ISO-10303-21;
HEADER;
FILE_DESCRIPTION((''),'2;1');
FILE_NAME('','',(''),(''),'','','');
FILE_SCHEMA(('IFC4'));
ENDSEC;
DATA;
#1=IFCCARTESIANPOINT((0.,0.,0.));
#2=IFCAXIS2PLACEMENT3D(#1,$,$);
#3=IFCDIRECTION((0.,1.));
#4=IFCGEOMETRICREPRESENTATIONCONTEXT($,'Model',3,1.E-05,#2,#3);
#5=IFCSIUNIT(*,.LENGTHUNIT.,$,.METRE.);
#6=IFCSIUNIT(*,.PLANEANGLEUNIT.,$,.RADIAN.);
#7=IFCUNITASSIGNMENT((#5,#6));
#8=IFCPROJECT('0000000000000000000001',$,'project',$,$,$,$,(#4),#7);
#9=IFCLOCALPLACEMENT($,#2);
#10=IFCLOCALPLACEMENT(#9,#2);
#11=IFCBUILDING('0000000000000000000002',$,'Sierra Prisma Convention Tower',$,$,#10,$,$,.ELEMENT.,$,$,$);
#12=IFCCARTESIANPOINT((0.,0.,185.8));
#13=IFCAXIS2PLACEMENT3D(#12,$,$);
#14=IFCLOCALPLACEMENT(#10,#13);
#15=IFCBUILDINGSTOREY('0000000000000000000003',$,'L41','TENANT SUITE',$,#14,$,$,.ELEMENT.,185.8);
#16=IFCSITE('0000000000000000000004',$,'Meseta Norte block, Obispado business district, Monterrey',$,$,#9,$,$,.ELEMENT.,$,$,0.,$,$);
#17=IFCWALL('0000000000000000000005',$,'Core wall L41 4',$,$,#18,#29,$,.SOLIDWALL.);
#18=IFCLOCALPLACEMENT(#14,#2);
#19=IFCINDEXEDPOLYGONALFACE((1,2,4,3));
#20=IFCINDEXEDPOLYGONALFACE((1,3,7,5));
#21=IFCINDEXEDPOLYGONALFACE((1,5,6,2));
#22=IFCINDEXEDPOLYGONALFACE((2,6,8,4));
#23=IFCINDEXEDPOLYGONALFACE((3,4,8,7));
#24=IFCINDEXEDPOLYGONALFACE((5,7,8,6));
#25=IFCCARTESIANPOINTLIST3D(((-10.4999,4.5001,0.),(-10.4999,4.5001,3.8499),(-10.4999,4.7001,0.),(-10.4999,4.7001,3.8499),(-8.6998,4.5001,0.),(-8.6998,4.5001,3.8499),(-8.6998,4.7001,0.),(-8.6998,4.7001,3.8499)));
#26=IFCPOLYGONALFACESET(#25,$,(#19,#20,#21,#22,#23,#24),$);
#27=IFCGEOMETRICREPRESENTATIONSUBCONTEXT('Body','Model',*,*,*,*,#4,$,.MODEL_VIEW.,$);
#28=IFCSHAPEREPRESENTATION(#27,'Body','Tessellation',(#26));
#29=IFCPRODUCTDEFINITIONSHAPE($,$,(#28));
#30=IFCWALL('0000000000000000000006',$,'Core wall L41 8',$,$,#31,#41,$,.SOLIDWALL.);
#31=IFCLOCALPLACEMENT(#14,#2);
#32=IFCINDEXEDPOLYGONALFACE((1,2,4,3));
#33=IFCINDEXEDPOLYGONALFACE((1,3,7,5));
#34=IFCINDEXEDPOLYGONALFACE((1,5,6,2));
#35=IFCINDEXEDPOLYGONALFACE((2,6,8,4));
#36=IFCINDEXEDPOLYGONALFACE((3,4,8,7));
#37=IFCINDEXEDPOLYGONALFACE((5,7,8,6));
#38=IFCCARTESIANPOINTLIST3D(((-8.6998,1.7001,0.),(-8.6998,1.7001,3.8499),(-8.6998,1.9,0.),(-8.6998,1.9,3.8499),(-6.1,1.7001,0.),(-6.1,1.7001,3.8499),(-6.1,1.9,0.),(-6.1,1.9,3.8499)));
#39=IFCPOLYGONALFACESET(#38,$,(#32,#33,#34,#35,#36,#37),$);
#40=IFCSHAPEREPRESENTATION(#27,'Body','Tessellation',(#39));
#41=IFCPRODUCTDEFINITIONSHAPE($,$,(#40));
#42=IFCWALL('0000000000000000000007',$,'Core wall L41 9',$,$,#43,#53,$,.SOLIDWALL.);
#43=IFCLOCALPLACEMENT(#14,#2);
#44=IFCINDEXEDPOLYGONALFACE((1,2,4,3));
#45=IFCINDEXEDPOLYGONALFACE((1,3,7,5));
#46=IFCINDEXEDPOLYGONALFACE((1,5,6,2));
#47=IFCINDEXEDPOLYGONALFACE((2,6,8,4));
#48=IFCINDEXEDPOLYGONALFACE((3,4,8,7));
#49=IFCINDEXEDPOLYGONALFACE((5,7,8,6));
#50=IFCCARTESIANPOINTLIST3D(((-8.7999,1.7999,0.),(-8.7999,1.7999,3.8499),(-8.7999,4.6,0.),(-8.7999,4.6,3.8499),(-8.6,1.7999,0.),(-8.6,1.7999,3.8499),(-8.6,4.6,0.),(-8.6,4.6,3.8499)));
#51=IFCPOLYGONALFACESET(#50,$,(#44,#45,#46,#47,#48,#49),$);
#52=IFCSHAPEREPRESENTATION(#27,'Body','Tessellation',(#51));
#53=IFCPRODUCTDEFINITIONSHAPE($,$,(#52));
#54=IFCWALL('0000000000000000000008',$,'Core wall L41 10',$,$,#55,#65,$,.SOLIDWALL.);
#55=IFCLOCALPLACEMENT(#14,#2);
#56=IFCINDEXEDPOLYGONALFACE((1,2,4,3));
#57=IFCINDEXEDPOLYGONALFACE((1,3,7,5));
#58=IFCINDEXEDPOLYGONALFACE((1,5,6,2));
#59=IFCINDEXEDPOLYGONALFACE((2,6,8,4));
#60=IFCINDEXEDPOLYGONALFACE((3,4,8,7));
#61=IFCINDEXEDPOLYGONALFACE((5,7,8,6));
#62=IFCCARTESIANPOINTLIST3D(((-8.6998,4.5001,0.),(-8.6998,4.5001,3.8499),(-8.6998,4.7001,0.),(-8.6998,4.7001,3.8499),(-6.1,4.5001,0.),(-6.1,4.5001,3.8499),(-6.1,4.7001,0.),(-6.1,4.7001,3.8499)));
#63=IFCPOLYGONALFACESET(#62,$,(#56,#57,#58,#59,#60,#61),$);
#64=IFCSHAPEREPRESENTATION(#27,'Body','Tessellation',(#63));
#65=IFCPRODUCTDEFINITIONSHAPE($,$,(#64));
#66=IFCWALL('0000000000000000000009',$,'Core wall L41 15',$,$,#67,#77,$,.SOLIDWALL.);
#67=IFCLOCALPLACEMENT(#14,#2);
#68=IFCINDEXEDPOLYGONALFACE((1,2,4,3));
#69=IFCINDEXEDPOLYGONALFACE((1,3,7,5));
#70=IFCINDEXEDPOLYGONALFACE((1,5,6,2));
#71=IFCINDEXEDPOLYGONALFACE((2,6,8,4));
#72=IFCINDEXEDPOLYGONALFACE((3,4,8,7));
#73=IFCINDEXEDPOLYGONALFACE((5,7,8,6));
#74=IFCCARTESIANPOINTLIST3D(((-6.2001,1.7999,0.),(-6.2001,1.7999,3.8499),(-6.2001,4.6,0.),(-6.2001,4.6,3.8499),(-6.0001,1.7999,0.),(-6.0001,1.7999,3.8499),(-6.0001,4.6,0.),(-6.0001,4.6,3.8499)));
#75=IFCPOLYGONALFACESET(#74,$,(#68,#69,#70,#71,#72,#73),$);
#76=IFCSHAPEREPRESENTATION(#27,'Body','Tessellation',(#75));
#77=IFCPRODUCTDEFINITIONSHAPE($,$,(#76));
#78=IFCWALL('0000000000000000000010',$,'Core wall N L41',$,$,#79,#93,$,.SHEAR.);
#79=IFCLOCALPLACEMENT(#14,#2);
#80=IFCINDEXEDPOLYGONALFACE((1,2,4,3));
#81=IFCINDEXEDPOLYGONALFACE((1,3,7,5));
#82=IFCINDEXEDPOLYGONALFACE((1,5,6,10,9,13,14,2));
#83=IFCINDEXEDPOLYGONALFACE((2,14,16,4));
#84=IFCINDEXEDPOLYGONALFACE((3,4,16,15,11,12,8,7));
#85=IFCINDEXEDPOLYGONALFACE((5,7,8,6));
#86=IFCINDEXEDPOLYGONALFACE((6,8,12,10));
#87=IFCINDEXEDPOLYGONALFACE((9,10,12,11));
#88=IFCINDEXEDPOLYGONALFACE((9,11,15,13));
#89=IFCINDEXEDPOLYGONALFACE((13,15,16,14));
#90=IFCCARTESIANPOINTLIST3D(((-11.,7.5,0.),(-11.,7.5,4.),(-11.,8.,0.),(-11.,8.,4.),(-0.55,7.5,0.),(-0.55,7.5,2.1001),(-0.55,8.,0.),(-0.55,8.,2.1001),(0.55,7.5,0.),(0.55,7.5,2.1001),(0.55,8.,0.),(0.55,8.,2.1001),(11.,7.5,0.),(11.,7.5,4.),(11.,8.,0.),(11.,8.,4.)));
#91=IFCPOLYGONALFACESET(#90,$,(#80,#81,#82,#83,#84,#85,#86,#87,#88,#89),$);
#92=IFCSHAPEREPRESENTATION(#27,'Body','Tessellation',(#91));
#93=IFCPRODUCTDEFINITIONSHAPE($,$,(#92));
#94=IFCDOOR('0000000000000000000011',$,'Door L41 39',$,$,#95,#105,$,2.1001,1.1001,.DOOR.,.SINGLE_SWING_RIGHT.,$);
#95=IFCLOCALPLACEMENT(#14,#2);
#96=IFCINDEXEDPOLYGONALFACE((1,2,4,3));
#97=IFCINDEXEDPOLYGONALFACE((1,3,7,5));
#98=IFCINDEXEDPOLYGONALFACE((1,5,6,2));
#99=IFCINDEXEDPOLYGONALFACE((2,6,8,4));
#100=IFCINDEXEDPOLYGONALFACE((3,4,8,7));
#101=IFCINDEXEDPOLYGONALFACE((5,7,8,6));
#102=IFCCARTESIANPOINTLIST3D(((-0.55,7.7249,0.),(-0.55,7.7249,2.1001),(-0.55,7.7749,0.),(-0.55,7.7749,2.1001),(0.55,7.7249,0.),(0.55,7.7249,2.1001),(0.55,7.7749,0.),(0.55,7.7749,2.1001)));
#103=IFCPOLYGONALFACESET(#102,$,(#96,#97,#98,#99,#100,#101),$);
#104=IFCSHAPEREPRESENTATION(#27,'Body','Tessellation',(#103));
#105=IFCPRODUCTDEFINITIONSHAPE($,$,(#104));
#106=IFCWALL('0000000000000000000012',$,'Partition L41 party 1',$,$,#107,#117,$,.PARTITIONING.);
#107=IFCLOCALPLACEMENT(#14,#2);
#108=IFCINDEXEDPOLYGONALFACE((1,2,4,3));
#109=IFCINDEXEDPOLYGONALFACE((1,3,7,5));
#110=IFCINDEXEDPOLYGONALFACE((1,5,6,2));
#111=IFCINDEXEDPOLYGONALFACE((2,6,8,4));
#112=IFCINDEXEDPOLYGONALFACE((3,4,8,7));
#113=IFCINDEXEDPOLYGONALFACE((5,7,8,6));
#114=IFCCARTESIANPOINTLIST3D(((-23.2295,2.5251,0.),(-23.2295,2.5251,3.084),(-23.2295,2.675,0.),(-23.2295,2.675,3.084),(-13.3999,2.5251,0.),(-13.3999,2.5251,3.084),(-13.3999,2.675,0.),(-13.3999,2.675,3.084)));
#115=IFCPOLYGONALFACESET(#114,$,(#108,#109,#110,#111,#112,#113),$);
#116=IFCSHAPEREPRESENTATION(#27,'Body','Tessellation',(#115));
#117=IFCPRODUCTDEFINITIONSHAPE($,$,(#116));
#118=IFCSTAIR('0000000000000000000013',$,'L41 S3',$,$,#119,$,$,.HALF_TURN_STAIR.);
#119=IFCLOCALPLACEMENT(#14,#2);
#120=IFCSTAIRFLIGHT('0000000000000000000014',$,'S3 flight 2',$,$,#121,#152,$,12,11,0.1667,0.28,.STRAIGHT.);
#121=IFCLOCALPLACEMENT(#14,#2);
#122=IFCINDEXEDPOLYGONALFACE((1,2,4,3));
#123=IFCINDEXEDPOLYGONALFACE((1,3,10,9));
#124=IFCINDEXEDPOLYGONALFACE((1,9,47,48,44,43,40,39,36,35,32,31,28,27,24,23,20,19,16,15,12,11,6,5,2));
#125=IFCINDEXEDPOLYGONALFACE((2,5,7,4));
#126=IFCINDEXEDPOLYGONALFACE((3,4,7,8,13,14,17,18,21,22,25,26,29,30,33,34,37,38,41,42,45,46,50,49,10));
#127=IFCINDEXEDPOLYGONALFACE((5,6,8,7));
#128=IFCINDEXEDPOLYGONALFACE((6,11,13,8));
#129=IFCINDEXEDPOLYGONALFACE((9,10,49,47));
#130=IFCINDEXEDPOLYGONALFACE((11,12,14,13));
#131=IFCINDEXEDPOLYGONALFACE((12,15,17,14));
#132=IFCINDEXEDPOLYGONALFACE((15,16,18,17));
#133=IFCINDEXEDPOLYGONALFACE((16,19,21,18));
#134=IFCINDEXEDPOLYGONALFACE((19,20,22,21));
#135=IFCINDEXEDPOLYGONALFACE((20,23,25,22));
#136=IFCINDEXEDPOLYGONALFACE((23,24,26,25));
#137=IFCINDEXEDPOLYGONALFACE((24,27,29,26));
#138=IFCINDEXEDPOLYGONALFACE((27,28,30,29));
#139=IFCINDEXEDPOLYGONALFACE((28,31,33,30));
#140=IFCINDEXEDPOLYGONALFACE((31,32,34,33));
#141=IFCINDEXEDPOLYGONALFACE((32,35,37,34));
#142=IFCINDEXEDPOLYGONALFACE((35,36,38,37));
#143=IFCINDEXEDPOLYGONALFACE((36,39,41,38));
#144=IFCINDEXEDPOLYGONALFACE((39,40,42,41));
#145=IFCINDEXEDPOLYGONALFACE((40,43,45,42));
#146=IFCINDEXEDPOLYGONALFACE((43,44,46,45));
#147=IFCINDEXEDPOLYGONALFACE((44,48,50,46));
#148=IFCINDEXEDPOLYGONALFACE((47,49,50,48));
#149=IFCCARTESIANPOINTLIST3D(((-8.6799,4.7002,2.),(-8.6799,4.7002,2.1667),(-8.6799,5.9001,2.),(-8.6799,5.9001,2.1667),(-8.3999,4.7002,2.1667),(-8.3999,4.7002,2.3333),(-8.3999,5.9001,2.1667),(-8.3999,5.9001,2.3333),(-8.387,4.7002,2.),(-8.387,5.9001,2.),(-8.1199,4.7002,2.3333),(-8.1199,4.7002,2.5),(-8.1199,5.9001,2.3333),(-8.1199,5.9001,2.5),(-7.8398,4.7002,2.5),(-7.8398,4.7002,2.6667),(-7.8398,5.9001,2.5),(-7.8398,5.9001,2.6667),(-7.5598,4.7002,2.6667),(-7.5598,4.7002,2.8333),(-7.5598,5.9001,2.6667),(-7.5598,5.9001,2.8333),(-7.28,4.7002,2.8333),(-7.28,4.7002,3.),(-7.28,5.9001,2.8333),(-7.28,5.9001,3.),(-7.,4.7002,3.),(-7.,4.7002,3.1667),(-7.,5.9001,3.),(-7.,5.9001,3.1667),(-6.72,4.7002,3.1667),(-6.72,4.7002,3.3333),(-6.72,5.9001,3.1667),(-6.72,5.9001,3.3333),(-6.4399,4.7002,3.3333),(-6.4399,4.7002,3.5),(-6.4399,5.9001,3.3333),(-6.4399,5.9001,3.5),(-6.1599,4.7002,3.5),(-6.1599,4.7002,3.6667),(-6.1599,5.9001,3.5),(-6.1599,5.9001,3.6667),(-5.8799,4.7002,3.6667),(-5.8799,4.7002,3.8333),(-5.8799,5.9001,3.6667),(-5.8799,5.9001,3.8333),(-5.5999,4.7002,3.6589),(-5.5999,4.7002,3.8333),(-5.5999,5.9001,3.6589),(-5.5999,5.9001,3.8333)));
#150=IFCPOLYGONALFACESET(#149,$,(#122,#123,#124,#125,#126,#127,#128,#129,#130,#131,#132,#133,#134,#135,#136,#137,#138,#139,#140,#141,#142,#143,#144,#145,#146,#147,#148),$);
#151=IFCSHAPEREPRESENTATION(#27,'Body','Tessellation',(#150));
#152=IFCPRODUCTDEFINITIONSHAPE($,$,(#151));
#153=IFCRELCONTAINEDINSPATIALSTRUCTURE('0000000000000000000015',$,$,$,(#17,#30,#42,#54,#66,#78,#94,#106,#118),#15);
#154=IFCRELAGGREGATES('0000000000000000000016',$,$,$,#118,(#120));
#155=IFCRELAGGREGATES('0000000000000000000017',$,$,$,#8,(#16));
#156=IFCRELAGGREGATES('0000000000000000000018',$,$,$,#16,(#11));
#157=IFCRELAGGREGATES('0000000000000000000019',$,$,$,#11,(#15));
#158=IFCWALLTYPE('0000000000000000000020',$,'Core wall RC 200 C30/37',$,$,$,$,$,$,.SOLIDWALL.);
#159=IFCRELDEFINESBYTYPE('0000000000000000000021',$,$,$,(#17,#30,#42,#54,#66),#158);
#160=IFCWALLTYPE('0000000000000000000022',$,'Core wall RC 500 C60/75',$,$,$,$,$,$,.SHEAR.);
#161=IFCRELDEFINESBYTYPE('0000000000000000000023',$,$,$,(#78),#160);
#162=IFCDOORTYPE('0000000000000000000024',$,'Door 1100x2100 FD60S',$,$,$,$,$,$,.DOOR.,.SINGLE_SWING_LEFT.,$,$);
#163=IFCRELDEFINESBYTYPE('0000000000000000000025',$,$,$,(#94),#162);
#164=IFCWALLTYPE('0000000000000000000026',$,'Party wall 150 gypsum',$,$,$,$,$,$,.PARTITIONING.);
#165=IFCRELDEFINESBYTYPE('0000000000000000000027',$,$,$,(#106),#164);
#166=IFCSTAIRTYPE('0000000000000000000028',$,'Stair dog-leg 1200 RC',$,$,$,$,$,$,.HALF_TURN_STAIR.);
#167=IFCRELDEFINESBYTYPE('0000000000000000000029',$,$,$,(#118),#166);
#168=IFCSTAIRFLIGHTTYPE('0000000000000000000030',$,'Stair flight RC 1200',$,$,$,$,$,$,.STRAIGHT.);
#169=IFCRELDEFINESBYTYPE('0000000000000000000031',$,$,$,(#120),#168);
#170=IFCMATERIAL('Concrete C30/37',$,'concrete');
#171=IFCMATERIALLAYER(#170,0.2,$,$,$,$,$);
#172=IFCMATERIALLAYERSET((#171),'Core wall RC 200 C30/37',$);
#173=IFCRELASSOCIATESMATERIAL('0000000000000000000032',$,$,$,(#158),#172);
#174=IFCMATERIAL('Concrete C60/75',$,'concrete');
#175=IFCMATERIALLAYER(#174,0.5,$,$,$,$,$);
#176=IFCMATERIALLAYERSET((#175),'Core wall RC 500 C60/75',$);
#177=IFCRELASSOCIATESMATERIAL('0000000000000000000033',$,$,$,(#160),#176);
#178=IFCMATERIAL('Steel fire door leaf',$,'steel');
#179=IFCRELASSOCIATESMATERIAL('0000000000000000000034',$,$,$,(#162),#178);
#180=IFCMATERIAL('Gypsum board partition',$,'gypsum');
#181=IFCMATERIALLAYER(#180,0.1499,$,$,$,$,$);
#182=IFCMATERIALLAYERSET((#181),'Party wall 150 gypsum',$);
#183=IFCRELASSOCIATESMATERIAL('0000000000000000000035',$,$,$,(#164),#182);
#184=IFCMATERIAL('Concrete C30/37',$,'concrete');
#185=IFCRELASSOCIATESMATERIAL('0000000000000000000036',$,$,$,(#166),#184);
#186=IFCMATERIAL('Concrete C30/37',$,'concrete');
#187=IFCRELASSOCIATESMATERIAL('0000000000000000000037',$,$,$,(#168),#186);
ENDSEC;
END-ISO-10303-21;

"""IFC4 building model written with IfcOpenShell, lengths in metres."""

from ifc_helpers import new_model, si_unit, direction, frame, frame_2d, origin, place, context, subcontext, project, spatial, polyline, rectangle, outline, extrude, material, layer, layer_set, type_object, element, fill, aggregate, save


model = new_model("IFC4")

# Units and contexts
model_context = context("Model", 3, precision=1e-05, world=origin(), true_north=direction((0.0, 1.0)))
body_context = subcontext(model_context, "Body", "Model", "MODEL_VIEW")
ifc_project = project(units=[si_unit("LENGTHUNIT", "METRE"), si_unit("PLANEANGLEUNIT", "RADIAN")], contexts=[model_context])

# Site, building, storey
site_placement = place(None, origin())
site = spatial("IfcSite", under=ifc_project, at=site_placement, Name="Meseta Norte block, Obispado business district, Monterrey", CompositionType="ELEMENT", RefElevation=0.0)
building_placement = place(site_placement, origin())
building = spatial("IfcBuilding", under=site, at=building_placement, Name="Sierra Prisma Convention Tower", CompositionType="ELEMENT")
storey_placement = place(building_placement, frame((0.0, 0.0, 185.8)))
storey = spatial("IfcBuildingStorey", under=building, at=storey_placement, Name="L41", Description="TENANT SUITE", CompositionType="ELEMENT", Elevation=185.8)

# Shared definitions
ifc_material_1 = material(Name="Concrete C30/37", Category="concrete")
ifc_layer_1 = layer(ifc_material_1, 0.2)
ifc_layer_set_1 = layer_set([ifc_layer_1], Name="Core wall RC 200 C30/37")
wall_type_1 = type_object("IfcWallType", Name="Core wall RC 200 C30/37", PredefinedType="SOLIDWALL", material=ifc_layer_set_1)

# Walls
wall_1_placement = place(storey_placement, frame((-8.7, 4.6001, 0.0), z_axis=(0.0, 0.0, 1.0), x_axis=(-1.0, 0.0, 0.0)))
element("IfcWall", 1, at=wall_1_placement, inside=storey, type_object=wall_type_1, Name="Core wall L41 4", PredefinedType="SOLIDWALL", context=body_context, shape_type="SweptSolid", body=[
    extrude(rectangle(XDim=1.8, YDim=0.2, at=frame_2d((0.8999, 0.0))), origin(), (0.0, 0.0, 1.0), 3.8499),
])
wall_2_placement = place(storey_placement, frame((-6.1001, 1.8, 0.0), z_axis=(0.0, 0.0, 1.0), x_axis=(-1.0, 0.0, 0.0)))
element("IfcWall", 2, at=wall_2_placement, inside=storey, type_object=wall_type_1, Name="Core wall L41 8", PredefinedType="SOLIDWALL", context=body_context, shape_type="SweptSolid", body=[
    extrude(rectangle(XDim=2.5999, YDim=0.2, at=frame_2d((1.2998, 0.0))), origin(), (0.0, 0.0, 1.0), 3.8499),
])
wall_3_placement = place(storey_placement, frame((-8.7, 1.8, 0.0), z_axis=(0.0, 0.0, 1.0), x_axis=(0.0, 1.0, 0.0)))
element("IfcWall", 3, at=wall_3_placement, inside=storey, type_object=wall_type_1, Name="Core wall L41 9", PredefinedType="SOLIDWALL", context=body_context, shape_type="SweptSolid", body=[
    extrude(rectangle(XDim=2.8, YDim=0.2, at=frame_2d((1.3999, 0.0))), origin(), (0.0, 0.0, 1.0), 3.8499),
])
wall_4_placement = place(storey_placement, frame((-6.1001, 4.6001, 0.0), z_axis=(0.0, 0.0, 1.0), x_axis=(-1.0, 0.0, 0.0)))
element("IfcWall", 4, at=wall_4_placement, inside=storey, type_object=wall_type_1, Name="Core wall L41 10", PredefinedType="SOLIDWALL", context=body_context, shape_type="SweptSolid", body=[
    extrude(rectangle(XDim=2.5999, YDim=0.2, at=frame_2d((1.2998, 0.0))), origin(), (0.0, 0.0, 1.0), 3.8499),
])
wall_5_placement = place(storey_placement, frame((-6.1001, 1.8, 0.0), z_axis=(0.0, 0.0, 1.0), x_axis=(0.0, 1.0, 0.0)))
element("IfcWall", 5, at=wall_5_placement, inside=storey, type_object=wall_type_1, Name="Core wall L41 15", PredefinedType="SOLIDWALL", context=body_context, shape_type="SweptSolid", body=[
    extrude(rectangle(XDim=2.8, YDim=0.2, at=frame_2d((1.3999, 0.0))), origin(), (0.0, 0.0, 1.0), 3.8499),
])

# Wall, opening, door
ifc_material_2 = material(Name="Concrete C60/75", Category="concrete")
ifc_layer_2 = layer(ifc_material_2, 0.5)
ifc_layer_set_2 = layer_set([ifc_layer_2], Name="Core wall RC 500 C60/75")
wall_type_2 = type_object("IfcWallType", Name="Core wall RC 500 C60/75", PredefinedType="SHEAR", material=ifc_layer_set_2)
wall_6_placement = place(storey_placement, frame((-11.0, 7.75, 0.0), z_axis=(0.0, 0.0, 1.0), x_axis=(1.0, 0.0, 0.0)))
wall_6 = element("IfcWall", 6, at=wall_6_placement, inside=storey, type_object=wall_type_2, Name="Core wall N L41", PredefinedType="SHEAR", context=body_context, shape_type="SweptSolid", body=[
    extrude(rectangle(XDim=22.0, YDim=0.5, at=frame_2d((11.0, 0.0))), origin(), (0.0, 0.0, 1.0), 4.0),
])
opening_1_placement = place(wall_6_placement, frame((10.45, 0.0, 0.0)))
opening_1 = element("IfcOpeningElement", 7, at=opening_1_placement, cuts=wall_6, PredefinedType="OPENING", context=body_context, shape_type="SweptSolid", body=[
    extrude(rectangle(XDim=1.1001, YDim=2.1001, at=frame_2d((0.55, 1.05))), frame((0.0, 0.25, 0.0), z_axis=(0.0, -1.0, 0.0), x_axis=(1.0, 0.0, 0.0)), (0.0, 0.0, 1.0), 0.5),
])
ifc_material_3 = material(Name="Steel fire door leaf", Category="steel")
door_type_1 = type_object("IfcDoorType", Name="Door 1100x2100 FD60S", OperationType="SINGLE_SWING_LEFT", PredefinedType="DOOR", material=ifc_material_3)
door_1_placement = place(opening_1_placement, origin())
door_1 = element("IfcDoor", 8, at=door_1_placement, inside=storey, type_object=door_type_1, Name="Door L41 39", OperationType="SINGLE_SWING_RIGHT", OverallHeight=2.1001, OverallWidth=1.1001, PredefinedType="DOOR", context=body_context, shape_type="SweptSolid", body=[
    extrude(rectangle(XDim=1.1001, YDim=2.1001, at=frame_2d((0.55, 1.05))), frame((0.0, 0.0249, 0.0), z_axis=(0.0, -1.0, 0.0), x_axis=(1.0, 0.0, 0.0)), (0.0, 0.0, 1.0), 0.05),
])
fill(opening_1, door_1)

# Wall
ifc_material_4 = material(Name="Gypsum board partition", Category="gypsum")
ifc_layer_3 = layer(ifc_material_4, 0.1499)
ifc_layer_set_3 = layer_set([ifc_layer_3], Name="Party wall 150 gypsum")
wall_type_3 = type_object("IfcWallType", Name="Party wall 150 gypsum", PredefinedType="PARTITIONING", material=ifc_layer_set_3)
wall_7_placement = place(storey_placement, frame((-13.3999, 2.6001, 0.0), z_axis=(0.0, 0.0, 1.0), x_axis=(-1.0, 0.0, 0.0)))
element("IfcWall", 9, at=wall_7_placement, inside=storey, type_object=wall_type_3, Name="Partition L41 party 1", PredefinedType="PARTITIONING", context=body_context, shape_type="SweptSolid", body=[
    extrude(rectangle(XDim=9.8296, YDim=0.1499, at=frame_2d((4.9148, 0.0))), origin(), (0.0, 0.0, 1.0), 3.084),
])

# Stair, stair flight
ifc_material_5 = material(Name="Concrete C30/37", Category="concrete")
stair_type = type_object("IfcStairType", Name="Stair dog-leg 1200 RC", PredefinedType="HALF_TURN_STAIR", material=ifc_material_5)
stair_placement = place(storey_placement, origin())
stair = element("IfcStair", 10, at=stair_placement, inside=storey, type_object=stair_type, Name="L41 S3", PredefinedType="HALF_TURN_STAIR")
ifc_material_6 = material(Name="Concrete C30/37", Category="concrete")
stair_flight_type = type_object("IfcStairFlightType", Name="Stair flight RC 1200", PredefinedType="STRAIGHT", material=ifc_material_6)
stair_flight_placement = place(storey_placement, frame((-8.6799, 5.3, 2.0), z_axis=(0.0, 0.0, 1.0), x_axis=(1.0, 0.0, 0.0)))
stair_flight = element("IfcStairFlight", 11, at=stair_flight_placement, type_object=stair_flight_type, Name="S3 flight 2", NumberOfRisers=12, NumberOfTreads=11, PredefinedType="STRAIGHT", RiserHeight=0.1667, TreadLength=0.28, context=body_context, shape_type="SweptSolid", body=[
    extrude(outline(polyline([(0.0, 0.0), (0.0, 0.1667), (0.28, 0.1667), (0.28, 0.3333), (0.5601, 0.3333), (0.5601, 0.5), (0.8401, 0.5), (0.8401, 0.6667), (1.1201, 0.6667), (1.1201, 0.8333), (1.3999, 0.8333), (1.3999, 1.0), (1.6799, 1.0), (1.6799, 1.1667), (1.96, 1.1667), (1.96, 1.3333), (2.24, 1.3333), (2.24, 1.5), (2.52, 1.5), (2.52, 1.6667), (2.8, 1.6667), (2.8, 1.8333), (3.0801, 1.8333), (3.0801, 2.0), (3.0801, 1.6589), (0.293, 0.0), (0.0, 0.0)])), frame((0.0, 0.6001, 0.0), z_axis=(0.0, -1.0, 0.0), x_axis=(1.0, 0.0, 0.0)), (0.0, 0.0, 1.0), 1.2),
])
aggregate(stair, [stair_flight])

save(model, "model.ifc")
